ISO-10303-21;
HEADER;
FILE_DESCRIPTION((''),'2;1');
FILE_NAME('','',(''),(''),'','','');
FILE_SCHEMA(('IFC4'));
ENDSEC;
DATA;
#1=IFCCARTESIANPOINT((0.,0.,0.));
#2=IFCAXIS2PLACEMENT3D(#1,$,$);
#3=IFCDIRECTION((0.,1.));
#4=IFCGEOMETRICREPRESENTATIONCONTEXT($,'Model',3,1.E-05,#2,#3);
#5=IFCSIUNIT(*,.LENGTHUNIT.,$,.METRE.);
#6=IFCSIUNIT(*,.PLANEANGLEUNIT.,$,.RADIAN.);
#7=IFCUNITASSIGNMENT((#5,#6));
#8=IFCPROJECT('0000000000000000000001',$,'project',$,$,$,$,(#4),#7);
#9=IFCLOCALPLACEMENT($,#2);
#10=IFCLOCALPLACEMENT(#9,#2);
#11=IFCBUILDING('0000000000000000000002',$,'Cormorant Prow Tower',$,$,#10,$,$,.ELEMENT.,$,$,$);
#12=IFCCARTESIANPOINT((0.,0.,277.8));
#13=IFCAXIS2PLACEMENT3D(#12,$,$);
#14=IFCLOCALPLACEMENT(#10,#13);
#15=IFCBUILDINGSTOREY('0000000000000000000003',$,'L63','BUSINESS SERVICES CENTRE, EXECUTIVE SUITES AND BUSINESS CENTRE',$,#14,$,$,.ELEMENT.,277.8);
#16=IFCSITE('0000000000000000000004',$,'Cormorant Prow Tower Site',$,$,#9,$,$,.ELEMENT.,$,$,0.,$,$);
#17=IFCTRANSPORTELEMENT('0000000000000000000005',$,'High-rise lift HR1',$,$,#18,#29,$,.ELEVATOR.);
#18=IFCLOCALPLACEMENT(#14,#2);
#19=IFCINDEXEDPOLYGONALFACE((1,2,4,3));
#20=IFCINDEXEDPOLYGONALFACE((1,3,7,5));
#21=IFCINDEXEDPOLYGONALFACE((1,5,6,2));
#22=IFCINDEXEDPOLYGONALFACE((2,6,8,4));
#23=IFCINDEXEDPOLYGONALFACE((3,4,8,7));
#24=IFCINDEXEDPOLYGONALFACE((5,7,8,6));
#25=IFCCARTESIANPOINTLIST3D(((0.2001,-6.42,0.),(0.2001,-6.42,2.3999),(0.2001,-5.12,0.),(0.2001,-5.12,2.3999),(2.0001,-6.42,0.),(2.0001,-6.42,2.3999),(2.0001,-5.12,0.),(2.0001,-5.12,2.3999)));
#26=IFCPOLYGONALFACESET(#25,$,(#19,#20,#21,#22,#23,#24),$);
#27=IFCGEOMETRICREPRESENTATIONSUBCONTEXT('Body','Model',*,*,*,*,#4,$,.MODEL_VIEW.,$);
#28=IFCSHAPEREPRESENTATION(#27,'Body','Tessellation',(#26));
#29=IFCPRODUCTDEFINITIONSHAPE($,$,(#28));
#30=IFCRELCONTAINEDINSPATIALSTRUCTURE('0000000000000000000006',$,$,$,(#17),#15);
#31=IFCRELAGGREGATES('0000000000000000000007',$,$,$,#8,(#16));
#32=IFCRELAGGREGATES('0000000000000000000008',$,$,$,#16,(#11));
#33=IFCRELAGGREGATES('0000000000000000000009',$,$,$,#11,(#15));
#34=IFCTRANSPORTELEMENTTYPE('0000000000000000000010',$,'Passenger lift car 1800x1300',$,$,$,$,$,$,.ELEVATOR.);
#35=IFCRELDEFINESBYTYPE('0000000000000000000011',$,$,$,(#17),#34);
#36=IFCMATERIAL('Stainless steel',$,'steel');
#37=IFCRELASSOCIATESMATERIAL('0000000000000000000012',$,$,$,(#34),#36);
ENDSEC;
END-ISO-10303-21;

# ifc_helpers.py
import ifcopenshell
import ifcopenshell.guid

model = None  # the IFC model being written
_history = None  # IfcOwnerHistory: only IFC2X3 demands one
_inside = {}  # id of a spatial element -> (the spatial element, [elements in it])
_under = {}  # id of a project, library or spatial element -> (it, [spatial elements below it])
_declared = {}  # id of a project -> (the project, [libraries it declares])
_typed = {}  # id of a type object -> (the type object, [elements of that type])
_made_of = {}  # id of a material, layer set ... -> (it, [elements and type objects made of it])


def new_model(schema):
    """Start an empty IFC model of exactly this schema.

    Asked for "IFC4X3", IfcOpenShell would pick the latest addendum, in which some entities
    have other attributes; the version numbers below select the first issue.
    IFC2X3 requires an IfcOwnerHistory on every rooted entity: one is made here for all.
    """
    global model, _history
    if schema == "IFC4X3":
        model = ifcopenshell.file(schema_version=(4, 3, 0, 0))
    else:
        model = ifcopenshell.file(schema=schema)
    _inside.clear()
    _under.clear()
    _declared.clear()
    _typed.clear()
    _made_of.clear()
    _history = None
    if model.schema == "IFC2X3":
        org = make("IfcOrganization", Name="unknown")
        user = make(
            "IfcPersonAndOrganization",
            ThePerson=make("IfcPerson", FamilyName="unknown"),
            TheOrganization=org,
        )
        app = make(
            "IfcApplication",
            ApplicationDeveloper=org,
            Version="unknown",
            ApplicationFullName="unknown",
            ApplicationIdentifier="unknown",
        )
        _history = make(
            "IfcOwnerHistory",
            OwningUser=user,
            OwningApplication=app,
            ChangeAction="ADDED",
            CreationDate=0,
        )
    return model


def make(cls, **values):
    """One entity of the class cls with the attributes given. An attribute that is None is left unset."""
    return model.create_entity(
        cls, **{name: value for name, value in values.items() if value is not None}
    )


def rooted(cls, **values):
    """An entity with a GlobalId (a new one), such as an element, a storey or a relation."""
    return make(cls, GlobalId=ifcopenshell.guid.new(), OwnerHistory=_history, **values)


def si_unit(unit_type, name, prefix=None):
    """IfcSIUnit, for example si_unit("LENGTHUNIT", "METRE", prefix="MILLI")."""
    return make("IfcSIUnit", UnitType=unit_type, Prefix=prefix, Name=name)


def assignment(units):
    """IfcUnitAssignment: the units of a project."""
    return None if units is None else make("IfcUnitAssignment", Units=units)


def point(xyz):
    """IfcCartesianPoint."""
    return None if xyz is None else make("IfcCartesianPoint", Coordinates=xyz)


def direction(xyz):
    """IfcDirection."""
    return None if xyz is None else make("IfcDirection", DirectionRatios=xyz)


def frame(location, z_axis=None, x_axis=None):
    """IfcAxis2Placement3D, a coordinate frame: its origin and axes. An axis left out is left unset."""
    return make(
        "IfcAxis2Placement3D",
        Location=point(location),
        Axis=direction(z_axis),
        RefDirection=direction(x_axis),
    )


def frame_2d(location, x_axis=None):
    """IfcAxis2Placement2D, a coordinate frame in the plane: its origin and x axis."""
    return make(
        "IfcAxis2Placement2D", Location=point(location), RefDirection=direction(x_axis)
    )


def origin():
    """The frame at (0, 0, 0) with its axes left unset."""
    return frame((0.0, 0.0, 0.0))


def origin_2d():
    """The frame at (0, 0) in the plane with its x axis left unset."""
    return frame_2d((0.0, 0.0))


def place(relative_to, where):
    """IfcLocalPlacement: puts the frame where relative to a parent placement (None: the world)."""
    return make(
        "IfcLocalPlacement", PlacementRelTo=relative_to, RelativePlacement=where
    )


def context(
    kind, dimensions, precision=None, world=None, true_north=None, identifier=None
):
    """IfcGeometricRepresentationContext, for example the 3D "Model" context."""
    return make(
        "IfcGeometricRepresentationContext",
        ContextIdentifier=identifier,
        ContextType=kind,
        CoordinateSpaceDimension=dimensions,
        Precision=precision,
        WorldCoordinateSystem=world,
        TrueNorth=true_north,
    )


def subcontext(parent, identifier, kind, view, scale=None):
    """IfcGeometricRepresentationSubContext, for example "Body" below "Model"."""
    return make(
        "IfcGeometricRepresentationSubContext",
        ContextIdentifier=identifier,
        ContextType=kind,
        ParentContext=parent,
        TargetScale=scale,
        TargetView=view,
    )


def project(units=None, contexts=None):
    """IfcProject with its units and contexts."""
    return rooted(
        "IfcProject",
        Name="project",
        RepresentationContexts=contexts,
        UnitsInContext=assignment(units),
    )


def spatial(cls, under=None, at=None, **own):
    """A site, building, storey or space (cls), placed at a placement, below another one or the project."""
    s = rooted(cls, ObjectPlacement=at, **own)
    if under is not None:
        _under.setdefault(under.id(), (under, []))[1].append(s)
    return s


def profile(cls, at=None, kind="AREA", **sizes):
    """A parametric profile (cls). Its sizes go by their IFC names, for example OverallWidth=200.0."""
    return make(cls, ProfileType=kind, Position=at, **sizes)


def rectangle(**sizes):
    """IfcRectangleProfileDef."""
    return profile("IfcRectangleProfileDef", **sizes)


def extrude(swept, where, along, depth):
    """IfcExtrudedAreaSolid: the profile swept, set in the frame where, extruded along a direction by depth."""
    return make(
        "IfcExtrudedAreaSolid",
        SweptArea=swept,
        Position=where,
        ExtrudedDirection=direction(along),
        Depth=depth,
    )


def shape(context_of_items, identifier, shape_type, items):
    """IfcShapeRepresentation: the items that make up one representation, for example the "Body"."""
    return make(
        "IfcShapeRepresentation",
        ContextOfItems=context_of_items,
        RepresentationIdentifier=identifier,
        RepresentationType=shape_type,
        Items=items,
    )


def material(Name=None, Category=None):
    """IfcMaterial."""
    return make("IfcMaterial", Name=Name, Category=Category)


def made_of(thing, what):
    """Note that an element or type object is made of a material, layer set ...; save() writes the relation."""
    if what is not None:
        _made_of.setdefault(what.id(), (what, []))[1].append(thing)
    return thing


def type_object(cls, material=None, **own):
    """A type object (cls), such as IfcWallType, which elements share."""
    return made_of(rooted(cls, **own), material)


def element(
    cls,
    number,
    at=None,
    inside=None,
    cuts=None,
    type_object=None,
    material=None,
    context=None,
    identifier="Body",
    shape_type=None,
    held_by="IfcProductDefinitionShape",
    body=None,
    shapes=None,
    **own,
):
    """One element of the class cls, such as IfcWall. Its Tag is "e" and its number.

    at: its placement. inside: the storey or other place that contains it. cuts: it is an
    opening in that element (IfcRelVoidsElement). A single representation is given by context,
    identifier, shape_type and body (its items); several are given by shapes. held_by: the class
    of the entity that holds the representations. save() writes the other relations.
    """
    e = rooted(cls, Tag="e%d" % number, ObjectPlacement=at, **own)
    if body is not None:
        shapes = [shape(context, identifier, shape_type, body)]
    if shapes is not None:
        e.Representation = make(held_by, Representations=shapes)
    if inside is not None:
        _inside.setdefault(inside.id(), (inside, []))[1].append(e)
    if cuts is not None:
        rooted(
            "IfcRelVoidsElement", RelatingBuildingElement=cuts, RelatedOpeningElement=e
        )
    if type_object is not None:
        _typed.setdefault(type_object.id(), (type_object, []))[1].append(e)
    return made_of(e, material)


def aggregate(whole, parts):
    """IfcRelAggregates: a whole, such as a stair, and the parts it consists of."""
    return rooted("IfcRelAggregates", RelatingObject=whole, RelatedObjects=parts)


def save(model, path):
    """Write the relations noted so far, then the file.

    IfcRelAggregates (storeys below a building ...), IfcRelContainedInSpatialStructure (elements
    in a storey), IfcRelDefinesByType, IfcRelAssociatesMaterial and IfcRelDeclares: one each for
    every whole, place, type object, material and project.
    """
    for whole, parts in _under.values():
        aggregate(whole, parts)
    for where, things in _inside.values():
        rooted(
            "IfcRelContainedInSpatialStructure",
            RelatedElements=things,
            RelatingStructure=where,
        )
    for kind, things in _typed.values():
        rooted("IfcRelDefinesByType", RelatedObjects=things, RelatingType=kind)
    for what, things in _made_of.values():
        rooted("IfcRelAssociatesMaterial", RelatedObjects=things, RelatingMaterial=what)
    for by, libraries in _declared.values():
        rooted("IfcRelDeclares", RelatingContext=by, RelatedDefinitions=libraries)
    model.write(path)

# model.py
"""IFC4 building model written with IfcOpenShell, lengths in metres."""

from ifc_helpers import new_model, si_unit, direction, frame, origin, origin_2d, place, context, subcontext, project, spatial, rectangle, extrude, material, type_object, element, save


model = new_model("IFC4")

# Units and contexts
model_context = context("Model", 3, precision=1e-05, world=origin(), true_north=direction((0.0, 1.0)))
body_context = subcontext(model_context, "Body", "Model", "MODEL_VIEW")
ifc_project = project(units=[si_unit("LENGTHUNIT", "METRE"), si_unit("PLANEANGLEUNIT", "RADIAN")], contexts=[model_context])

# Site, building, storey
site_placement = place(None, origin())
site = spatial("IfcSite", under=ifc_project, at=site_placement, Name="Cormorant Prow Tower Site", CompositionType="ELEMENT", RefElevation=0.0)
building_placement = place(site_placement, origin())
building = spatial("IfcBuilding", under=site, at=building_placement, Name="Cormorant Prow Tower", CompositionType="ELEMENT")
storey_placement = place(building_placement, frame((0.0, 0.0, 277.8)))
storey = spatial("IfcBuildingStorey", under=building, at=storey_placement, Name="L63", Description="BUSINESS SERVICES CENTRE, EXECUTIVE SUITES AND BUSINESS CENTRE", CompositionType="ELEMENT", Elevation=277.8)

# Transport element
ifc_material_1 = material(Name="Stainless steel", Category="steel")
transport_element_type = type_object("IfcTransportElementType", Name="Passenger lift car 1800x1300", PredefinedType="ELEVATOR", material=ifc_material_1)
transport_element_placement = place(storey_placement, frame((1.1001, -5.77, 0.0), z_axis=(0.0, 0.0, 1.0), x_axis=(1.0, 0.0, 0.0)))
element("IfcTransportElement", 1, at=transport_element_placement, inside=storey, type_object=transport_element_type, Name="High-rise lift HR1", PredefinedType="ELEVATOR", context=body_context, shape_type="SweptSolid", body=[
    extrude(rectangle(XDim=1.8, YDim=1.3, at=origin_2d()), origin(), (0.0, 0.0, 1.0), 2.3999),
])

save(model, "model.ifc")
